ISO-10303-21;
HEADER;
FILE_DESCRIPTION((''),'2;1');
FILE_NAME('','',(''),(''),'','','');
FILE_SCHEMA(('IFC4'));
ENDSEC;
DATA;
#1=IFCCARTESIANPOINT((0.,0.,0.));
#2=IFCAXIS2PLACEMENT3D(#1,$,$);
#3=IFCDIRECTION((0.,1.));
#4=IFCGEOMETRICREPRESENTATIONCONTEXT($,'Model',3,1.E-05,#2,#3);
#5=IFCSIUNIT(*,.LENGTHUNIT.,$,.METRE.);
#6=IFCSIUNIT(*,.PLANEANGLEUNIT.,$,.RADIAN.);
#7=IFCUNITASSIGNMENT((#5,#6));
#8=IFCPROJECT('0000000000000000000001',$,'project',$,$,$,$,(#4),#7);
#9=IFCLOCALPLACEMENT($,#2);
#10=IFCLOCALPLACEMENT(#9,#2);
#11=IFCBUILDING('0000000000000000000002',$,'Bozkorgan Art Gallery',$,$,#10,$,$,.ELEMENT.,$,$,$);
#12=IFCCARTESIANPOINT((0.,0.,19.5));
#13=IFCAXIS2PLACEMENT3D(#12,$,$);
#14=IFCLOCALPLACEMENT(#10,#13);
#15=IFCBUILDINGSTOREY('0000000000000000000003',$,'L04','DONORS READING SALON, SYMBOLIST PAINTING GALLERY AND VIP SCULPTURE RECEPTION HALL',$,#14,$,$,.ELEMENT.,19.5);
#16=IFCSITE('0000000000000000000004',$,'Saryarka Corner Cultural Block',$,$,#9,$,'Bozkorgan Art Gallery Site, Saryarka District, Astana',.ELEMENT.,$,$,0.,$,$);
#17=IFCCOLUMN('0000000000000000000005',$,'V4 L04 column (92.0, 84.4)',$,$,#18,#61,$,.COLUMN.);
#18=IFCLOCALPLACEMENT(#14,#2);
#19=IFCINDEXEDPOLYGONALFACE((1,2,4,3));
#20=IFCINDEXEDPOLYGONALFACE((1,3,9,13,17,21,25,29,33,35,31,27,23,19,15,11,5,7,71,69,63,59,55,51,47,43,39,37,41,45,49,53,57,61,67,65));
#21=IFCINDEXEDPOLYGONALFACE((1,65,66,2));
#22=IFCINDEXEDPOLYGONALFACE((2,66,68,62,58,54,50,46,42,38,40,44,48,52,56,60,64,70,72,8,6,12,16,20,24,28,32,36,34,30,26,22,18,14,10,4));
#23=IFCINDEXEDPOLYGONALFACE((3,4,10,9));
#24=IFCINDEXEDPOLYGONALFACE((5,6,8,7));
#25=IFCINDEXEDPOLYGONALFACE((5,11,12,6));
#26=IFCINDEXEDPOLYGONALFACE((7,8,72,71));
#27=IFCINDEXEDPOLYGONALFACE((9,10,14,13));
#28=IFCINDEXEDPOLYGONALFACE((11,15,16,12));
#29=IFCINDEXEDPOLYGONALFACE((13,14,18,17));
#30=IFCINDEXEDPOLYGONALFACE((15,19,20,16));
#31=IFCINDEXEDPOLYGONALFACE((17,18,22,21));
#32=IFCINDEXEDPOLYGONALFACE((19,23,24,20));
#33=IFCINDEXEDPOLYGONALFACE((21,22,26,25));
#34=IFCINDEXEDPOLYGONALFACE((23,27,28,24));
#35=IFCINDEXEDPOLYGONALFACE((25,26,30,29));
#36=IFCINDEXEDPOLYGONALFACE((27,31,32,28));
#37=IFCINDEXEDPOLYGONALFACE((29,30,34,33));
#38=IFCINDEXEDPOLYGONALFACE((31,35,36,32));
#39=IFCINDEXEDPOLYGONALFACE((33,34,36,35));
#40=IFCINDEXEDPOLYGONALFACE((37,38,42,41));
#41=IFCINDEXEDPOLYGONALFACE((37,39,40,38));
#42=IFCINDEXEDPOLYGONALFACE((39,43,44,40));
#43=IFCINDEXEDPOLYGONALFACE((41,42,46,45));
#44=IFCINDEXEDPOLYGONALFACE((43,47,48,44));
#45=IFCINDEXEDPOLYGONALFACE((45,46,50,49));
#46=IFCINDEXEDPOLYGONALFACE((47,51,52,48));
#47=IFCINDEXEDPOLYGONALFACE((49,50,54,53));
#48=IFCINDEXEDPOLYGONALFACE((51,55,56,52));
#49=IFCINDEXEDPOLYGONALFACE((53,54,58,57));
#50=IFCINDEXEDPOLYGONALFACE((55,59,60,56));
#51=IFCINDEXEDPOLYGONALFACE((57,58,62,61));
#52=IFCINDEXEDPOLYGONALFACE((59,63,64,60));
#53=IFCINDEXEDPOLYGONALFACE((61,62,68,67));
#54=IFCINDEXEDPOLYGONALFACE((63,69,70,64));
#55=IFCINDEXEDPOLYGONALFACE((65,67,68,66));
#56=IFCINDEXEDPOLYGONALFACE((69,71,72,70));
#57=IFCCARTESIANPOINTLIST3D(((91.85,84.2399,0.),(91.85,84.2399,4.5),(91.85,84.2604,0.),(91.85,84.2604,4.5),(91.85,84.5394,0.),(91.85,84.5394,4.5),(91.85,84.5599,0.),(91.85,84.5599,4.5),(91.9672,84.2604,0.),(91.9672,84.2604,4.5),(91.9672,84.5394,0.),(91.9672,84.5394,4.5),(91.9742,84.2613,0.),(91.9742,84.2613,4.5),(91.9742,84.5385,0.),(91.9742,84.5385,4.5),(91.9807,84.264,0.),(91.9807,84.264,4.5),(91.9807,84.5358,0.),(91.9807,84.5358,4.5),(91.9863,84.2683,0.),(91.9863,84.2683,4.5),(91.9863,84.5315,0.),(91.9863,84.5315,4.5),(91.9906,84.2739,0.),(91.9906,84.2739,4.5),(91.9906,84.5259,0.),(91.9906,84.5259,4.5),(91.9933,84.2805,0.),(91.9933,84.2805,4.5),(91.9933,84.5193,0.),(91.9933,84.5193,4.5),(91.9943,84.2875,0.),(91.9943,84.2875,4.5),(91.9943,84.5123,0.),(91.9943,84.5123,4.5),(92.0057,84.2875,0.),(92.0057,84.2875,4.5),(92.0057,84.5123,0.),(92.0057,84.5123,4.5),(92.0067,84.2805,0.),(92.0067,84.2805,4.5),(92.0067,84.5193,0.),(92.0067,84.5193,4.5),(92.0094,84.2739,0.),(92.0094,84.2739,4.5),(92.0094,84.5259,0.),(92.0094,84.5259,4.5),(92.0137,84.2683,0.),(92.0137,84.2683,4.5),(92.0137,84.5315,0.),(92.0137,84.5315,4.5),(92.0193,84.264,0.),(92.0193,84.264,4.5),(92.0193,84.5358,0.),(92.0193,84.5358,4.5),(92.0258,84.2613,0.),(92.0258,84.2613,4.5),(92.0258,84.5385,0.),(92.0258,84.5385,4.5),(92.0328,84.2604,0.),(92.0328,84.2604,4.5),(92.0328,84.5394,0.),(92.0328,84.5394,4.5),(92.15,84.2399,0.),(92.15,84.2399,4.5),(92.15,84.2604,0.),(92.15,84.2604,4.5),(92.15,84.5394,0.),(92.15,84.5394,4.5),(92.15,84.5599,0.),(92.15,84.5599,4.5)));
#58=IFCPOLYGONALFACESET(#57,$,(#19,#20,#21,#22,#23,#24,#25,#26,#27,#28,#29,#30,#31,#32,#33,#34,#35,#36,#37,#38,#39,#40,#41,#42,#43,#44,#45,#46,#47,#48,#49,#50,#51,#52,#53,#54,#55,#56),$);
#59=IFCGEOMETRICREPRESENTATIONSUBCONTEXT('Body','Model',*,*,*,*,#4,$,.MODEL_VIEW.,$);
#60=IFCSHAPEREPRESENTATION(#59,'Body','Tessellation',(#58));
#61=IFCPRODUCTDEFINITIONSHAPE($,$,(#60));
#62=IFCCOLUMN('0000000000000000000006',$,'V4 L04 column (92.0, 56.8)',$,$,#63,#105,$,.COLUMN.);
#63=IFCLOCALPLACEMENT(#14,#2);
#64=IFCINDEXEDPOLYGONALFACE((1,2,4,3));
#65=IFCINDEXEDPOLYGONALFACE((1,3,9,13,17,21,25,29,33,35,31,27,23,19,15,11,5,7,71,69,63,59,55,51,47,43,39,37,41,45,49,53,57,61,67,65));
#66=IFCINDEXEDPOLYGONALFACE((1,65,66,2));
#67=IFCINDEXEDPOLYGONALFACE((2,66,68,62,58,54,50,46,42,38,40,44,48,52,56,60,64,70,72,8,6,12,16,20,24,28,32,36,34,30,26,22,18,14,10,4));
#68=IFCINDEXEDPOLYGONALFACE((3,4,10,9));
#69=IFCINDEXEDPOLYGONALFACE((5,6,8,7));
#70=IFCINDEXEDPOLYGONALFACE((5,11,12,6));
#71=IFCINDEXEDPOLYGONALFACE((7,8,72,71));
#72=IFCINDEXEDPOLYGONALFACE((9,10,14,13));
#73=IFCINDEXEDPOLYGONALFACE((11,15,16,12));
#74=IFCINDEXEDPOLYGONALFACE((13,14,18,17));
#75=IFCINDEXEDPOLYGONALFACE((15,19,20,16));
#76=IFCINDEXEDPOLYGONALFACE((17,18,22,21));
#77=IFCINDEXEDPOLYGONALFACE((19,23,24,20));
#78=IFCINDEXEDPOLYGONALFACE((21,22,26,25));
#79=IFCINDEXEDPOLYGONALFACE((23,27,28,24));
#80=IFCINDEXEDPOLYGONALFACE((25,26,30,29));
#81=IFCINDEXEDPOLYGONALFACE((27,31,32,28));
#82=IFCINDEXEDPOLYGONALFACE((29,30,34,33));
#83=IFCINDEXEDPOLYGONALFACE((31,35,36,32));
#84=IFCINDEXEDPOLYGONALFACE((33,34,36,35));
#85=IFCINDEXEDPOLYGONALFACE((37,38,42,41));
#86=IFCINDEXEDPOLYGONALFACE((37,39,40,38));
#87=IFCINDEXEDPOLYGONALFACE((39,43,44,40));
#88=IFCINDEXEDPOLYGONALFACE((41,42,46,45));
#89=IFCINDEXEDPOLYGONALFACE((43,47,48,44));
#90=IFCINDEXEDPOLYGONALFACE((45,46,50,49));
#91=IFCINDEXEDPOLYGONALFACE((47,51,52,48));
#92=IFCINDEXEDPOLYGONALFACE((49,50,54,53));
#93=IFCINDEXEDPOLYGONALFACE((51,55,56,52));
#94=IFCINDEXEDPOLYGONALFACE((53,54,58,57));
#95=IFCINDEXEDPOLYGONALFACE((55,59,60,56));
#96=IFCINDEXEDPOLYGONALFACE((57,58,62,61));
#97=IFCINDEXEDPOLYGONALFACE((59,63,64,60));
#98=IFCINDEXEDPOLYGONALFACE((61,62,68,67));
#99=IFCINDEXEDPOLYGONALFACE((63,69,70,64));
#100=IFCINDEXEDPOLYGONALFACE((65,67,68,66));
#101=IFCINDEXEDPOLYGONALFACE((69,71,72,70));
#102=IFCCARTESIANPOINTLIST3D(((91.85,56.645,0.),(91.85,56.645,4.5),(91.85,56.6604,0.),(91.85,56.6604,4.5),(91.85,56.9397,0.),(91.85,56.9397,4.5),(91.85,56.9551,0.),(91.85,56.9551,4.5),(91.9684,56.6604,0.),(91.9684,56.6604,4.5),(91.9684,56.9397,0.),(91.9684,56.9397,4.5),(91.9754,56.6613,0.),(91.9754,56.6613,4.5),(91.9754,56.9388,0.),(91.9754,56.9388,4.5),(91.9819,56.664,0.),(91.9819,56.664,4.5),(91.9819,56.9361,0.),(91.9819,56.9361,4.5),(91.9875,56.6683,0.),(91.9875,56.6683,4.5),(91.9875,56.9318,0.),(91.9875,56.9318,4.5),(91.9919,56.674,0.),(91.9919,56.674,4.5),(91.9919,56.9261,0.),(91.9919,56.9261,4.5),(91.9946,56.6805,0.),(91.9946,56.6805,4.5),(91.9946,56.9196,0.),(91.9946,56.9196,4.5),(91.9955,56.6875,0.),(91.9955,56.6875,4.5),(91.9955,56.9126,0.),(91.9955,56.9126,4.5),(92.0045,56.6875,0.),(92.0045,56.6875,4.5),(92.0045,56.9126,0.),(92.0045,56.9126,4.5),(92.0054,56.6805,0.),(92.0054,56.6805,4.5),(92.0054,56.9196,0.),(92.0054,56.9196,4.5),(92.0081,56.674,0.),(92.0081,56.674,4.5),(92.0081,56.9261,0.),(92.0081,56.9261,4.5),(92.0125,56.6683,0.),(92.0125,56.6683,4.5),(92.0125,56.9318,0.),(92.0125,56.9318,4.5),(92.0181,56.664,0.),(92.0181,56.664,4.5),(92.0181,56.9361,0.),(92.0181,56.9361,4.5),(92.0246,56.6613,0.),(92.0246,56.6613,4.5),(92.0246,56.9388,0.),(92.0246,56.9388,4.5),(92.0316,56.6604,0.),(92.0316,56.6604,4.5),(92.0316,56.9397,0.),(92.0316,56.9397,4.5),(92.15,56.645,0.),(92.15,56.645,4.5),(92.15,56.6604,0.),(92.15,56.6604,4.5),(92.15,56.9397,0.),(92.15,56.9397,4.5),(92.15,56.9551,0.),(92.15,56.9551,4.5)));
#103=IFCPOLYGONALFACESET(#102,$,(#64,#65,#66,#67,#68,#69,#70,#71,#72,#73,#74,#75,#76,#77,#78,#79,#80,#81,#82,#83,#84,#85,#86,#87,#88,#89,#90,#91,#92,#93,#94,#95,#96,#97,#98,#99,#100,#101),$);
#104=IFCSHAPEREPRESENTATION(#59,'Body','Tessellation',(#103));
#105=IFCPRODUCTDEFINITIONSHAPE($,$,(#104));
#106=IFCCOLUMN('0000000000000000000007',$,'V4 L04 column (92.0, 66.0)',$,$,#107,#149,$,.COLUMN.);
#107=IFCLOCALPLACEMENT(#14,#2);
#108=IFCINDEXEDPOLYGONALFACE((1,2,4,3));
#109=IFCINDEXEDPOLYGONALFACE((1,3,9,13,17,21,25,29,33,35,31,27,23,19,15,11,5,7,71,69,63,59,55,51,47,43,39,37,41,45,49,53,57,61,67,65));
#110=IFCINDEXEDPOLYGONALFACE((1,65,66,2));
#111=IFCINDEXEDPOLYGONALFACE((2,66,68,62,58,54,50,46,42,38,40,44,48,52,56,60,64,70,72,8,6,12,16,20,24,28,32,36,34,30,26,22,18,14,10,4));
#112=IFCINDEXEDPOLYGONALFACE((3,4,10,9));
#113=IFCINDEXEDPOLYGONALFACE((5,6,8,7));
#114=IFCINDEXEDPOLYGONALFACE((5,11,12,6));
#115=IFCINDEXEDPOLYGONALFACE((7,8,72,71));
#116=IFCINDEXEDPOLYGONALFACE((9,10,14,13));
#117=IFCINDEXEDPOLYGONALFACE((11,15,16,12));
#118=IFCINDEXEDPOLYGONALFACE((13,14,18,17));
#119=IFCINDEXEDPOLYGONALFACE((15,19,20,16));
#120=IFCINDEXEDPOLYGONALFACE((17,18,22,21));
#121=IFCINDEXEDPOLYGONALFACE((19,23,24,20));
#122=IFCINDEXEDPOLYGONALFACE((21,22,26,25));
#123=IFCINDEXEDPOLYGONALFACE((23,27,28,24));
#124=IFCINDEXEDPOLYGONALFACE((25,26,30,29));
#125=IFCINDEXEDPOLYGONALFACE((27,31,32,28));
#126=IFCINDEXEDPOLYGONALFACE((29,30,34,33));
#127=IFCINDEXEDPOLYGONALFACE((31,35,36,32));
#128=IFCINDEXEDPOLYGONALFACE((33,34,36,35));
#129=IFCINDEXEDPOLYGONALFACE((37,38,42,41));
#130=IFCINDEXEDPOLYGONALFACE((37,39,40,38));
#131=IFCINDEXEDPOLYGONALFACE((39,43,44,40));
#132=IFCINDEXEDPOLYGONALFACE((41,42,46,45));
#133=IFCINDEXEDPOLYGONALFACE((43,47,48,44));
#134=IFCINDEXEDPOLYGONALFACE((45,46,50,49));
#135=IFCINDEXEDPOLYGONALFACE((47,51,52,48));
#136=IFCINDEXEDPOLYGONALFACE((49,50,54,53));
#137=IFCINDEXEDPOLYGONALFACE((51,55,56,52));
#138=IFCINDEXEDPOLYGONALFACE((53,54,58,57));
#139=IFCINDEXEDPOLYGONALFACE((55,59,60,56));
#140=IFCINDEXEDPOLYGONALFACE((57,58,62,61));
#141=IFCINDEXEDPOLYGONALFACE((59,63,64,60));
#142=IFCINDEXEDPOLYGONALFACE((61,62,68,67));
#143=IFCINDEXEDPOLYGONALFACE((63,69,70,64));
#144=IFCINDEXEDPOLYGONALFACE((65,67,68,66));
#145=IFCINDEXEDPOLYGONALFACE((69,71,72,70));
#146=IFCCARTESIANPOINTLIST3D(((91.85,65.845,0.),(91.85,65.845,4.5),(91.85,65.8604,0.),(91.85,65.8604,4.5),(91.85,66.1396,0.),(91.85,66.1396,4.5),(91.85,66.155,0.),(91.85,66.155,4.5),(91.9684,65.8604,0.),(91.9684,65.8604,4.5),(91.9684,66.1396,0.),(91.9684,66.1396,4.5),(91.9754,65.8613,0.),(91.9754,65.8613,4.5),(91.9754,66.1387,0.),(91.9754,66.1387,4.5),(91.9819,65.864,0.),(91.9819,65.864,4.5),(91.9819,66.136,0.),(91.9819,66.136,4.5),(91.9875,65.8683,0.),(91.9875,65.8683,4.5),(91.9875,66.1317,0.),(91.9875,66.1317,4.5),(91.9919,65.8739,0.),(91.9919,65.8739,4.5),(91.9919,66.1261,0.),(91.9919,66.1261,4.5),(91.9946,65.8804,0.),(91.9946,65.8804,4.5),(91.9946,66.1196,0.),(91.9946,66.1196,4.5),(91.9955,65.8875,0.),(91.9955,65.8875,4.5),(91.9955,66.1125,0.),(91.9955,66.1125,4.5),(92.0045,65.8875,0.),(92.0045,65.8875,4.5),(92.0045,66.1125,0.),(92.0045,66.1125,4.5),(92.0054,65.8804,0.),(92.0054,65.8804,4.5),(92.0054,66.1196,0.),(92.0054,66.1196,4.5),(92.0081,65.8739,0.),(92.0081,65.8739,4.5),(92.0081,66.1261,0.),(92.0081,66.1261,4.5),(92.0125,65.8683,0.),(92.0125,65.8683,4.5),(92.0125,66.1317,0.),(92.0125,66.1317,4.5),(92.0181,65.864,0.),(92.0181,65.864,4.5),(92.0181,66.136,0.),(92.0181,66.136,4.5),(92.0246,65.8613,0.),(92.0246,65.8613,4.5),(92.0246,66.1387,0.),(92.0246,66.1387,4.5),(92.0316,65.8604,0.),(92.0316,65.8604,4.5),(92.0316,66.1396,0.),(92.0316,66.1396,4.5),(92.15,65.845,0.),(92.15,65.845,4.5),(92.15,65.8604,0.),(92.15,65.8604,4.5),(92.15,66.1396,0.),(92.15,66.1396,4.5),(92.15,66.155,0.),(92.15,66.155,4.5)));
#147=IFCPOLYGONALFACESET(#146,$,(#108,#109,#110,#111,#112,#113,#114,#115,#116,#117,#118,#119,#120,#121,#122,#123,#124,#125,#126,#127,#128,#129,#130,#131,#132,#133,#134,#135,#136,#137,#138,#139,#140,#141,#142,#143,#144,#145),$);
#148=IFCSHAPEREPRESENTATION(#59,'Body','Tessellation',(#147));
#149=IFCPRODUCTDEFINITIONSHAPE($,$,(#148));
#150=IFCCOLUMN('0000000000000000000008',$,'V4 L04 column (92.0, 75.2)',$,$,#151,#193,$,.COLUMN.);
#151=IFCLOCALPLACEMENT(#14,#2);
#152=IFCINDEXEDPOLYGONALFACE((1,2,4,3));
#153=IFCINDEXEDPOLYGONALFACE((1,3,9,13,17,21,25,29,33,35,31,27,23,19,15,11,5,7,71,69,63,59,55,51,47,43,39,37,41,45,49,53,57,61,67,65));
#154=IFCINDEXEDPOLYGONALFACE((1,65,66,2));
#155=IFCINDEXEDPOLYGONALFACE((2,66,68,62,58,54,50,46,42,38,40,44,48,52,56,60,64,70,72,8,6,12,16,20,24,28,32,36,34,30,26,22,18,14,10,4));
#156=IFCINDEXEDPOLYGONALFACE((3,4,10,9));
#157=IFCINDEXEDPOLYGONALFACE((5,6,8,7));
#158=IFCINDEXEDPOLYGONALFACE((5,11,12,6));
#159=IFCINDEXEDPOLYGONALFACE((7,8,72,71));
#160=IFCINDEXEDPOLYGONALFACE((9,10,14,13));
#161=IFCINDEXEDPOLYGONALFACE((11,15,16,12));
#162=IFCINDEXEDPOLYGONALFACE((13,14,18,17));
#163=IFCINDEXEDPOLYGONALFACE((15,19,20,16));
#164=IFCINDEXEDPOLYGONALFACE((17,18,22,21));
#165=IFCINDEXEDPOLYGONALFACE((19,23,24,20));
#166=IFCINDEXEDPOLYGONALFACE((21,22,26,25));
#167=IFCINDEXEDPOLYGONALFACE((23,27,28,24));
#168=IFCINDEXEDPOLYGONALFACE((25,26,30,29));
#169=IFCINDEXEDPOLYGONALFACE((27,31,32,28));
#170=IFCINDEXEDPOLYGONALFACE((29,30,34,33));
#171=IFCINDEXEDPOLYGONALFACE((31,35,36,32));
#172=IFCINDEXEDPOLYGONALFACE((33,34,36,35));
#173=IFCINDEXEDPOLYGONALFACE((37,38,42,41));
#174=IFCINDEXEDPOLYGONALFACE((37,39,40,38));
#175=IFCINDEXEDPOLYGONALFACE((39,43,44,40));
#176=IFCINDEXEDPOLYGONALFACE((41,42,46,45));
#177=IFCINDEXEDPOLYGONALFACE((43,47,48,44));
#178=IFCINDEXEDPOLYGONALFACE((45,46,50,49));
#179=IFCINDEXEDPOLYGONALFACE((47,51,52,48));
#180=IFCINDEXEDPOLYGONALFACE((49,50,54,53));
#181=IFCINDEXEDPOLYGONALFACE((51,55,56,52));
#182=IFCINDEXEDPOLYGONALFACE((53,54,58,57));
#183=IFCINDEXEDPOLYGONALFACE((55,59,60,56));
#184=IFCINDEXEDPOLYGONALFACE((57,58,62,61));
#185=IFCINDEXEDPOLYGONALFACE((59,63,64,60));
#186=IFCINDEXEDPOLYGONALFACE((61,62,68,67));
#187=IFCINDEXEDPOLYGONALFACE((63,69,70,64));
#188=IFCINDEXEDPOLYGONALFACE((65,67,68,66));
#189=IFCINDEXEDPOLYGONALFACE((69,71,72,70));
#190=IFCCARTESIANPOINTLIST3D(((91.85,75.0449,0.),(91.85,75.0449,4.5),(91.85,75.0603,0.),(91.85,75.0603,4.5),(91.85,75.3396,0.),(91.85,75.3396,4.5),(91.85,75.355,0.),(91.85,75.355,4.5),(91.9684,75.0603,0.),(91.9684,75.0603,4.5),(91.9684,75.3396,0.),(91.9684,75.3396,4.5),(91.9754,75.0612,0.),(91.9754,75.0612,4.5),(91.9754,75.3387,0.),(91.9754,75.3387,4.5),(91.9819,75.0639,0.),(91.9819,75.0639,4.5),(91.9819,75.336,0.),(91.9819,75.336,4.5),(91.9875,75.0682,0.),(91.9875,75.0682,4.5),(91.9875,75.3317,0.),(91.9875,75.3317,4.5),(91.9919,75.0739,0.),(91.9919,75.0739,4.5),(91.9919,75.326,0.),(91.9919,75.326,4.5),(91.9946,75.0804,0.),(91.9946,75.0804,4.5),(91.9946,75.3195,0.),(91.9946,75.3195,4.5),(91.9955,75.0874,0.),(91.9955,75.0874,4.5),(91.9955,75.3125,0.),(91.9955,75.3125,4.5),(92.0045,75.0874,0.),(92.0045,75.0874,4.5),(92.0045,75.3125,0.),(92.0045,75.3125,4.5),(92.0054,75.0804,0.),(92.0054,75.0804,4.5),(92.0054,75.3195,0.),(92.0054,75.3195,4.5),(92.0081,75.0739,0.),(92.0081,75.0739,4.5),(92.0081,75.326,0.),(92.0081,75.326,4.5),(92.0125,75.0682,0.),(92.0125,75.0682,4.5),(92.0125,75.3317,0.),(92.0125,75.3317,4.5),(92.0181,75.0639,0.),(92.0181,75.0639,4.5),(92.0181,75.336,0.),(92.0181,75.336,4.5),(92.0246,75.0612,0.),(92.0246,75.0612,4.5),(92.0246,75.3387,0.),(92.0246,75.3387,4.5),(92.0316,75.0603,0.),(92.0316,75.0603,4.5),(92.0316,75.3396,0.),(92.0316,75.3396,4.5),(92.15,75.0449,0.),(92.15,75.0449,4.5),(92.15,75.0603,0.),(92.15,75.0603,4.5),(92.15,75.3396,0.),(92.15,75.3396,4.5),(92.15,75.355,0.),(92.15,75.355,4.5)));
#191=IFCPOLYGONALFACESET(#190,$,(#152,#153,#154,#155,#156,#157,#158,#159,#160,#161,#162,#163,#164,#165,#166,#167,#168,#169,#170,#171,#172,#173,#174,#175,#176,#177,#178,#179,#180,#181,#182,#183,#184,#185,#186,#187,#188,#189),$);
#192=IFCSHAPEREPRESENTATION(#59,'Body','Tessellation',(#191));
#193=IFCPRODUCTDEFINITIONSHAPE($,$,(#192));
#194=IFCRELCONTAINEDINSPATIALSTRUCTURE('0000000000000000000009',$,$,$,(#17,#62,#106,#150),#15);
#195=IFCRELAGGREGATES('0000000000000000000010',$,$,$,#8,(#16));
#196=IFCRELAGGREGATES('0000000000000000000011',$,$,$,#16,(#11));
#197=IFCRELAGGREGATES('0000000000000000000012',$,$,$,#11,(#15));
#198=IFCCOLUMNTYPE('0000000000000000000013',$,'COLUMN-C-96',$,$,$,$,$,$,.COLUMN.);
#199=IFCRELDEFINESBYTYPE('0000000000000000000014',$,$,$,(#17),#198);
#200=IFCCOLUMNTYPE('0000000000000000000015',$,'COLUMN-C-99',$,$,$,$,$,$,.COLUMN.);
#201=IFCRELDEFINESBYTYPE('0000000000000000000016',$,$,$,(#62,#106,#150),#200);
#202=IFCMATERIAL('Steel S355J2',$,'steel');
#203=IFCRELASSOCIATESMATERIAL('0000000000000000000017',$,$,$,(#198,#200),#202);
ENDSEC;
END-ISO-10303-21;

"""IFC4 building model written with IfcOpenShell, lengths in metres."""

from ifc_helpers import new_model, si_unit, direction, frame, origin, origin_2d, place, context, subcontext, project, spatial, i_section, extrude, material, material_profile, profile_set, type_object, element, save


model = new_model("IFC4")

# Units and contexts
model_context = context("Model", 3, precision=1e-05, world=origin(), true_north=direction((0.0, 1.0)))
body_context = subcontext(model_context, "Body", "Model", "MODEL_VIEW")
ifc_project = project(units=[si_unit("LENGTHUNIT", "METRE"), si_unit("PLANEANGLEUNIT", "RADIAN")], contexts=[model_context])

# Site, building, storey
site_placement = place(None, origin())
site = spatial("IfcSite", under=ifc_project, at=site_placement, Name="Saryarka Corner Cultural Block", LongName="Bozkorgan Art Gallery Site, Saryarka District, Astana", CompositionType="ELEMENT", RefElevation=0.0)
building_placement = place(site_placement, origin())
building = spatial("IfcBuilding", under=site, at=building_placement, Name="Bozkorgan Art Gallery", CompositionType="ELEMENT")
storey_placement = place(building_placement, frame((0.0, 0.0, 19.5)))
storey = spatial("IfcBuildingStorey", under=building, at=storey_placement, Name="L04", Description="DONORS READING SALON, SYMBOLIST PAINTING GALLERY AND VIP SCULPTURE RECEPTION HALL", CompositionType="ELEMENT", Elevation=19.5)

# Columns
ifc_material_1 = material(Name="Steel S355J2", Category="steel")
ifc_material_profile_1 = material_profile(ifc_material_1, i_section(OverallWidth=0.3, OverallDepth=0.3201, WebThickness=0.0115, FlangeThickness=0.0205, FilletRadius=0.0271, at=origin_2d()), Name="HEB 320")
ifc_profile_set_1 = profile_set([ifc_material_profile_1], Name="Steel S355J2")
column_type_1 = type_object("IfcColumnType", Name="COLUMN-C-96", PredefinedType="COLUMN", material=ifc_profile_set_1)
column_placement = place(storey_placement, frame((92.0, 84.3999, 0.0), z_axis=(0.0, 0.0, 1.0), x_axis=(1.0, 0.0, 0.0)))
element("IfcColumn", 1, at=column_placement, inside=storey, type_object=column_type_1, Name="V4 L04 column (92.0, 84.4)", PredefinedType="COLUMN", context=body_context, shape_type="SweptSolid", body=[
    extrude(i_section(OverallWidth=0.3, OverallDepth=0.3201, WebThickness=0.0115, FlangeThickness=0.0205, FilletRadius=0.0271, at=origin_2d()), origin(), (0.0, 0.0, 1.0), 4.5),
])
ifc_material_profile_2 = material_profile(ifc_material_1, i_section(OverallWidth=0.3, OverallDepth=0.3101, WebThickness=0.009, FlangeThickness=0.0154, FilletRadius=0.0271, at=origin_2d()), Name="HEA 320")
ifc_profile_set_2 = profile_set([ifc_material_profile_2], Name="Steel S355J2")
column_type_2 = type_object("IfcColumnType", Name="COLUMN-C-99", PredefinedType="COLUMN", material=ifc_profile_set_2)
for number, where, z_axis, x_axis, name in (
    (2, (92.0, 56.8, 0.0), (0.0, 0.0, 1.0), (1.0, 0.0, 0.0), "V4 L04 column (92.0, 56.8)"),
    (3, (92.0, 66.0, 0.0), (0.0, 0.0, 1.0), (1.0, 0.0, 0.0), "V4 L04 column (92.0, 66.0)"),
    (4, (92.0, 75.2, 0.0), (0.0, 0.0, 1.0), (1.0, 0.0, 0.0), "V4 L04 column (92.0, 75.2)"),
):
    element("IfcColumn", number, at=place(storey_placement, frame(where, z_axis=z_axis, x_axis=x_axis)), inside=storey, type_object=column_type_2, Name=name, PredefinedType="COLUMN", context=body_context, shape_type="SweptSolid", body=[
        extrude(i_section(OverallWidth=0.3, OverallDepth=0.3101, WebThickness=0.009, FlangeThickness=0.0154, FilletRadius=0.0271, at=origin_2d()), origin(), (0.0, 0.0, 1.0), 4.5),
    ])

save(model, "model.ifc")
